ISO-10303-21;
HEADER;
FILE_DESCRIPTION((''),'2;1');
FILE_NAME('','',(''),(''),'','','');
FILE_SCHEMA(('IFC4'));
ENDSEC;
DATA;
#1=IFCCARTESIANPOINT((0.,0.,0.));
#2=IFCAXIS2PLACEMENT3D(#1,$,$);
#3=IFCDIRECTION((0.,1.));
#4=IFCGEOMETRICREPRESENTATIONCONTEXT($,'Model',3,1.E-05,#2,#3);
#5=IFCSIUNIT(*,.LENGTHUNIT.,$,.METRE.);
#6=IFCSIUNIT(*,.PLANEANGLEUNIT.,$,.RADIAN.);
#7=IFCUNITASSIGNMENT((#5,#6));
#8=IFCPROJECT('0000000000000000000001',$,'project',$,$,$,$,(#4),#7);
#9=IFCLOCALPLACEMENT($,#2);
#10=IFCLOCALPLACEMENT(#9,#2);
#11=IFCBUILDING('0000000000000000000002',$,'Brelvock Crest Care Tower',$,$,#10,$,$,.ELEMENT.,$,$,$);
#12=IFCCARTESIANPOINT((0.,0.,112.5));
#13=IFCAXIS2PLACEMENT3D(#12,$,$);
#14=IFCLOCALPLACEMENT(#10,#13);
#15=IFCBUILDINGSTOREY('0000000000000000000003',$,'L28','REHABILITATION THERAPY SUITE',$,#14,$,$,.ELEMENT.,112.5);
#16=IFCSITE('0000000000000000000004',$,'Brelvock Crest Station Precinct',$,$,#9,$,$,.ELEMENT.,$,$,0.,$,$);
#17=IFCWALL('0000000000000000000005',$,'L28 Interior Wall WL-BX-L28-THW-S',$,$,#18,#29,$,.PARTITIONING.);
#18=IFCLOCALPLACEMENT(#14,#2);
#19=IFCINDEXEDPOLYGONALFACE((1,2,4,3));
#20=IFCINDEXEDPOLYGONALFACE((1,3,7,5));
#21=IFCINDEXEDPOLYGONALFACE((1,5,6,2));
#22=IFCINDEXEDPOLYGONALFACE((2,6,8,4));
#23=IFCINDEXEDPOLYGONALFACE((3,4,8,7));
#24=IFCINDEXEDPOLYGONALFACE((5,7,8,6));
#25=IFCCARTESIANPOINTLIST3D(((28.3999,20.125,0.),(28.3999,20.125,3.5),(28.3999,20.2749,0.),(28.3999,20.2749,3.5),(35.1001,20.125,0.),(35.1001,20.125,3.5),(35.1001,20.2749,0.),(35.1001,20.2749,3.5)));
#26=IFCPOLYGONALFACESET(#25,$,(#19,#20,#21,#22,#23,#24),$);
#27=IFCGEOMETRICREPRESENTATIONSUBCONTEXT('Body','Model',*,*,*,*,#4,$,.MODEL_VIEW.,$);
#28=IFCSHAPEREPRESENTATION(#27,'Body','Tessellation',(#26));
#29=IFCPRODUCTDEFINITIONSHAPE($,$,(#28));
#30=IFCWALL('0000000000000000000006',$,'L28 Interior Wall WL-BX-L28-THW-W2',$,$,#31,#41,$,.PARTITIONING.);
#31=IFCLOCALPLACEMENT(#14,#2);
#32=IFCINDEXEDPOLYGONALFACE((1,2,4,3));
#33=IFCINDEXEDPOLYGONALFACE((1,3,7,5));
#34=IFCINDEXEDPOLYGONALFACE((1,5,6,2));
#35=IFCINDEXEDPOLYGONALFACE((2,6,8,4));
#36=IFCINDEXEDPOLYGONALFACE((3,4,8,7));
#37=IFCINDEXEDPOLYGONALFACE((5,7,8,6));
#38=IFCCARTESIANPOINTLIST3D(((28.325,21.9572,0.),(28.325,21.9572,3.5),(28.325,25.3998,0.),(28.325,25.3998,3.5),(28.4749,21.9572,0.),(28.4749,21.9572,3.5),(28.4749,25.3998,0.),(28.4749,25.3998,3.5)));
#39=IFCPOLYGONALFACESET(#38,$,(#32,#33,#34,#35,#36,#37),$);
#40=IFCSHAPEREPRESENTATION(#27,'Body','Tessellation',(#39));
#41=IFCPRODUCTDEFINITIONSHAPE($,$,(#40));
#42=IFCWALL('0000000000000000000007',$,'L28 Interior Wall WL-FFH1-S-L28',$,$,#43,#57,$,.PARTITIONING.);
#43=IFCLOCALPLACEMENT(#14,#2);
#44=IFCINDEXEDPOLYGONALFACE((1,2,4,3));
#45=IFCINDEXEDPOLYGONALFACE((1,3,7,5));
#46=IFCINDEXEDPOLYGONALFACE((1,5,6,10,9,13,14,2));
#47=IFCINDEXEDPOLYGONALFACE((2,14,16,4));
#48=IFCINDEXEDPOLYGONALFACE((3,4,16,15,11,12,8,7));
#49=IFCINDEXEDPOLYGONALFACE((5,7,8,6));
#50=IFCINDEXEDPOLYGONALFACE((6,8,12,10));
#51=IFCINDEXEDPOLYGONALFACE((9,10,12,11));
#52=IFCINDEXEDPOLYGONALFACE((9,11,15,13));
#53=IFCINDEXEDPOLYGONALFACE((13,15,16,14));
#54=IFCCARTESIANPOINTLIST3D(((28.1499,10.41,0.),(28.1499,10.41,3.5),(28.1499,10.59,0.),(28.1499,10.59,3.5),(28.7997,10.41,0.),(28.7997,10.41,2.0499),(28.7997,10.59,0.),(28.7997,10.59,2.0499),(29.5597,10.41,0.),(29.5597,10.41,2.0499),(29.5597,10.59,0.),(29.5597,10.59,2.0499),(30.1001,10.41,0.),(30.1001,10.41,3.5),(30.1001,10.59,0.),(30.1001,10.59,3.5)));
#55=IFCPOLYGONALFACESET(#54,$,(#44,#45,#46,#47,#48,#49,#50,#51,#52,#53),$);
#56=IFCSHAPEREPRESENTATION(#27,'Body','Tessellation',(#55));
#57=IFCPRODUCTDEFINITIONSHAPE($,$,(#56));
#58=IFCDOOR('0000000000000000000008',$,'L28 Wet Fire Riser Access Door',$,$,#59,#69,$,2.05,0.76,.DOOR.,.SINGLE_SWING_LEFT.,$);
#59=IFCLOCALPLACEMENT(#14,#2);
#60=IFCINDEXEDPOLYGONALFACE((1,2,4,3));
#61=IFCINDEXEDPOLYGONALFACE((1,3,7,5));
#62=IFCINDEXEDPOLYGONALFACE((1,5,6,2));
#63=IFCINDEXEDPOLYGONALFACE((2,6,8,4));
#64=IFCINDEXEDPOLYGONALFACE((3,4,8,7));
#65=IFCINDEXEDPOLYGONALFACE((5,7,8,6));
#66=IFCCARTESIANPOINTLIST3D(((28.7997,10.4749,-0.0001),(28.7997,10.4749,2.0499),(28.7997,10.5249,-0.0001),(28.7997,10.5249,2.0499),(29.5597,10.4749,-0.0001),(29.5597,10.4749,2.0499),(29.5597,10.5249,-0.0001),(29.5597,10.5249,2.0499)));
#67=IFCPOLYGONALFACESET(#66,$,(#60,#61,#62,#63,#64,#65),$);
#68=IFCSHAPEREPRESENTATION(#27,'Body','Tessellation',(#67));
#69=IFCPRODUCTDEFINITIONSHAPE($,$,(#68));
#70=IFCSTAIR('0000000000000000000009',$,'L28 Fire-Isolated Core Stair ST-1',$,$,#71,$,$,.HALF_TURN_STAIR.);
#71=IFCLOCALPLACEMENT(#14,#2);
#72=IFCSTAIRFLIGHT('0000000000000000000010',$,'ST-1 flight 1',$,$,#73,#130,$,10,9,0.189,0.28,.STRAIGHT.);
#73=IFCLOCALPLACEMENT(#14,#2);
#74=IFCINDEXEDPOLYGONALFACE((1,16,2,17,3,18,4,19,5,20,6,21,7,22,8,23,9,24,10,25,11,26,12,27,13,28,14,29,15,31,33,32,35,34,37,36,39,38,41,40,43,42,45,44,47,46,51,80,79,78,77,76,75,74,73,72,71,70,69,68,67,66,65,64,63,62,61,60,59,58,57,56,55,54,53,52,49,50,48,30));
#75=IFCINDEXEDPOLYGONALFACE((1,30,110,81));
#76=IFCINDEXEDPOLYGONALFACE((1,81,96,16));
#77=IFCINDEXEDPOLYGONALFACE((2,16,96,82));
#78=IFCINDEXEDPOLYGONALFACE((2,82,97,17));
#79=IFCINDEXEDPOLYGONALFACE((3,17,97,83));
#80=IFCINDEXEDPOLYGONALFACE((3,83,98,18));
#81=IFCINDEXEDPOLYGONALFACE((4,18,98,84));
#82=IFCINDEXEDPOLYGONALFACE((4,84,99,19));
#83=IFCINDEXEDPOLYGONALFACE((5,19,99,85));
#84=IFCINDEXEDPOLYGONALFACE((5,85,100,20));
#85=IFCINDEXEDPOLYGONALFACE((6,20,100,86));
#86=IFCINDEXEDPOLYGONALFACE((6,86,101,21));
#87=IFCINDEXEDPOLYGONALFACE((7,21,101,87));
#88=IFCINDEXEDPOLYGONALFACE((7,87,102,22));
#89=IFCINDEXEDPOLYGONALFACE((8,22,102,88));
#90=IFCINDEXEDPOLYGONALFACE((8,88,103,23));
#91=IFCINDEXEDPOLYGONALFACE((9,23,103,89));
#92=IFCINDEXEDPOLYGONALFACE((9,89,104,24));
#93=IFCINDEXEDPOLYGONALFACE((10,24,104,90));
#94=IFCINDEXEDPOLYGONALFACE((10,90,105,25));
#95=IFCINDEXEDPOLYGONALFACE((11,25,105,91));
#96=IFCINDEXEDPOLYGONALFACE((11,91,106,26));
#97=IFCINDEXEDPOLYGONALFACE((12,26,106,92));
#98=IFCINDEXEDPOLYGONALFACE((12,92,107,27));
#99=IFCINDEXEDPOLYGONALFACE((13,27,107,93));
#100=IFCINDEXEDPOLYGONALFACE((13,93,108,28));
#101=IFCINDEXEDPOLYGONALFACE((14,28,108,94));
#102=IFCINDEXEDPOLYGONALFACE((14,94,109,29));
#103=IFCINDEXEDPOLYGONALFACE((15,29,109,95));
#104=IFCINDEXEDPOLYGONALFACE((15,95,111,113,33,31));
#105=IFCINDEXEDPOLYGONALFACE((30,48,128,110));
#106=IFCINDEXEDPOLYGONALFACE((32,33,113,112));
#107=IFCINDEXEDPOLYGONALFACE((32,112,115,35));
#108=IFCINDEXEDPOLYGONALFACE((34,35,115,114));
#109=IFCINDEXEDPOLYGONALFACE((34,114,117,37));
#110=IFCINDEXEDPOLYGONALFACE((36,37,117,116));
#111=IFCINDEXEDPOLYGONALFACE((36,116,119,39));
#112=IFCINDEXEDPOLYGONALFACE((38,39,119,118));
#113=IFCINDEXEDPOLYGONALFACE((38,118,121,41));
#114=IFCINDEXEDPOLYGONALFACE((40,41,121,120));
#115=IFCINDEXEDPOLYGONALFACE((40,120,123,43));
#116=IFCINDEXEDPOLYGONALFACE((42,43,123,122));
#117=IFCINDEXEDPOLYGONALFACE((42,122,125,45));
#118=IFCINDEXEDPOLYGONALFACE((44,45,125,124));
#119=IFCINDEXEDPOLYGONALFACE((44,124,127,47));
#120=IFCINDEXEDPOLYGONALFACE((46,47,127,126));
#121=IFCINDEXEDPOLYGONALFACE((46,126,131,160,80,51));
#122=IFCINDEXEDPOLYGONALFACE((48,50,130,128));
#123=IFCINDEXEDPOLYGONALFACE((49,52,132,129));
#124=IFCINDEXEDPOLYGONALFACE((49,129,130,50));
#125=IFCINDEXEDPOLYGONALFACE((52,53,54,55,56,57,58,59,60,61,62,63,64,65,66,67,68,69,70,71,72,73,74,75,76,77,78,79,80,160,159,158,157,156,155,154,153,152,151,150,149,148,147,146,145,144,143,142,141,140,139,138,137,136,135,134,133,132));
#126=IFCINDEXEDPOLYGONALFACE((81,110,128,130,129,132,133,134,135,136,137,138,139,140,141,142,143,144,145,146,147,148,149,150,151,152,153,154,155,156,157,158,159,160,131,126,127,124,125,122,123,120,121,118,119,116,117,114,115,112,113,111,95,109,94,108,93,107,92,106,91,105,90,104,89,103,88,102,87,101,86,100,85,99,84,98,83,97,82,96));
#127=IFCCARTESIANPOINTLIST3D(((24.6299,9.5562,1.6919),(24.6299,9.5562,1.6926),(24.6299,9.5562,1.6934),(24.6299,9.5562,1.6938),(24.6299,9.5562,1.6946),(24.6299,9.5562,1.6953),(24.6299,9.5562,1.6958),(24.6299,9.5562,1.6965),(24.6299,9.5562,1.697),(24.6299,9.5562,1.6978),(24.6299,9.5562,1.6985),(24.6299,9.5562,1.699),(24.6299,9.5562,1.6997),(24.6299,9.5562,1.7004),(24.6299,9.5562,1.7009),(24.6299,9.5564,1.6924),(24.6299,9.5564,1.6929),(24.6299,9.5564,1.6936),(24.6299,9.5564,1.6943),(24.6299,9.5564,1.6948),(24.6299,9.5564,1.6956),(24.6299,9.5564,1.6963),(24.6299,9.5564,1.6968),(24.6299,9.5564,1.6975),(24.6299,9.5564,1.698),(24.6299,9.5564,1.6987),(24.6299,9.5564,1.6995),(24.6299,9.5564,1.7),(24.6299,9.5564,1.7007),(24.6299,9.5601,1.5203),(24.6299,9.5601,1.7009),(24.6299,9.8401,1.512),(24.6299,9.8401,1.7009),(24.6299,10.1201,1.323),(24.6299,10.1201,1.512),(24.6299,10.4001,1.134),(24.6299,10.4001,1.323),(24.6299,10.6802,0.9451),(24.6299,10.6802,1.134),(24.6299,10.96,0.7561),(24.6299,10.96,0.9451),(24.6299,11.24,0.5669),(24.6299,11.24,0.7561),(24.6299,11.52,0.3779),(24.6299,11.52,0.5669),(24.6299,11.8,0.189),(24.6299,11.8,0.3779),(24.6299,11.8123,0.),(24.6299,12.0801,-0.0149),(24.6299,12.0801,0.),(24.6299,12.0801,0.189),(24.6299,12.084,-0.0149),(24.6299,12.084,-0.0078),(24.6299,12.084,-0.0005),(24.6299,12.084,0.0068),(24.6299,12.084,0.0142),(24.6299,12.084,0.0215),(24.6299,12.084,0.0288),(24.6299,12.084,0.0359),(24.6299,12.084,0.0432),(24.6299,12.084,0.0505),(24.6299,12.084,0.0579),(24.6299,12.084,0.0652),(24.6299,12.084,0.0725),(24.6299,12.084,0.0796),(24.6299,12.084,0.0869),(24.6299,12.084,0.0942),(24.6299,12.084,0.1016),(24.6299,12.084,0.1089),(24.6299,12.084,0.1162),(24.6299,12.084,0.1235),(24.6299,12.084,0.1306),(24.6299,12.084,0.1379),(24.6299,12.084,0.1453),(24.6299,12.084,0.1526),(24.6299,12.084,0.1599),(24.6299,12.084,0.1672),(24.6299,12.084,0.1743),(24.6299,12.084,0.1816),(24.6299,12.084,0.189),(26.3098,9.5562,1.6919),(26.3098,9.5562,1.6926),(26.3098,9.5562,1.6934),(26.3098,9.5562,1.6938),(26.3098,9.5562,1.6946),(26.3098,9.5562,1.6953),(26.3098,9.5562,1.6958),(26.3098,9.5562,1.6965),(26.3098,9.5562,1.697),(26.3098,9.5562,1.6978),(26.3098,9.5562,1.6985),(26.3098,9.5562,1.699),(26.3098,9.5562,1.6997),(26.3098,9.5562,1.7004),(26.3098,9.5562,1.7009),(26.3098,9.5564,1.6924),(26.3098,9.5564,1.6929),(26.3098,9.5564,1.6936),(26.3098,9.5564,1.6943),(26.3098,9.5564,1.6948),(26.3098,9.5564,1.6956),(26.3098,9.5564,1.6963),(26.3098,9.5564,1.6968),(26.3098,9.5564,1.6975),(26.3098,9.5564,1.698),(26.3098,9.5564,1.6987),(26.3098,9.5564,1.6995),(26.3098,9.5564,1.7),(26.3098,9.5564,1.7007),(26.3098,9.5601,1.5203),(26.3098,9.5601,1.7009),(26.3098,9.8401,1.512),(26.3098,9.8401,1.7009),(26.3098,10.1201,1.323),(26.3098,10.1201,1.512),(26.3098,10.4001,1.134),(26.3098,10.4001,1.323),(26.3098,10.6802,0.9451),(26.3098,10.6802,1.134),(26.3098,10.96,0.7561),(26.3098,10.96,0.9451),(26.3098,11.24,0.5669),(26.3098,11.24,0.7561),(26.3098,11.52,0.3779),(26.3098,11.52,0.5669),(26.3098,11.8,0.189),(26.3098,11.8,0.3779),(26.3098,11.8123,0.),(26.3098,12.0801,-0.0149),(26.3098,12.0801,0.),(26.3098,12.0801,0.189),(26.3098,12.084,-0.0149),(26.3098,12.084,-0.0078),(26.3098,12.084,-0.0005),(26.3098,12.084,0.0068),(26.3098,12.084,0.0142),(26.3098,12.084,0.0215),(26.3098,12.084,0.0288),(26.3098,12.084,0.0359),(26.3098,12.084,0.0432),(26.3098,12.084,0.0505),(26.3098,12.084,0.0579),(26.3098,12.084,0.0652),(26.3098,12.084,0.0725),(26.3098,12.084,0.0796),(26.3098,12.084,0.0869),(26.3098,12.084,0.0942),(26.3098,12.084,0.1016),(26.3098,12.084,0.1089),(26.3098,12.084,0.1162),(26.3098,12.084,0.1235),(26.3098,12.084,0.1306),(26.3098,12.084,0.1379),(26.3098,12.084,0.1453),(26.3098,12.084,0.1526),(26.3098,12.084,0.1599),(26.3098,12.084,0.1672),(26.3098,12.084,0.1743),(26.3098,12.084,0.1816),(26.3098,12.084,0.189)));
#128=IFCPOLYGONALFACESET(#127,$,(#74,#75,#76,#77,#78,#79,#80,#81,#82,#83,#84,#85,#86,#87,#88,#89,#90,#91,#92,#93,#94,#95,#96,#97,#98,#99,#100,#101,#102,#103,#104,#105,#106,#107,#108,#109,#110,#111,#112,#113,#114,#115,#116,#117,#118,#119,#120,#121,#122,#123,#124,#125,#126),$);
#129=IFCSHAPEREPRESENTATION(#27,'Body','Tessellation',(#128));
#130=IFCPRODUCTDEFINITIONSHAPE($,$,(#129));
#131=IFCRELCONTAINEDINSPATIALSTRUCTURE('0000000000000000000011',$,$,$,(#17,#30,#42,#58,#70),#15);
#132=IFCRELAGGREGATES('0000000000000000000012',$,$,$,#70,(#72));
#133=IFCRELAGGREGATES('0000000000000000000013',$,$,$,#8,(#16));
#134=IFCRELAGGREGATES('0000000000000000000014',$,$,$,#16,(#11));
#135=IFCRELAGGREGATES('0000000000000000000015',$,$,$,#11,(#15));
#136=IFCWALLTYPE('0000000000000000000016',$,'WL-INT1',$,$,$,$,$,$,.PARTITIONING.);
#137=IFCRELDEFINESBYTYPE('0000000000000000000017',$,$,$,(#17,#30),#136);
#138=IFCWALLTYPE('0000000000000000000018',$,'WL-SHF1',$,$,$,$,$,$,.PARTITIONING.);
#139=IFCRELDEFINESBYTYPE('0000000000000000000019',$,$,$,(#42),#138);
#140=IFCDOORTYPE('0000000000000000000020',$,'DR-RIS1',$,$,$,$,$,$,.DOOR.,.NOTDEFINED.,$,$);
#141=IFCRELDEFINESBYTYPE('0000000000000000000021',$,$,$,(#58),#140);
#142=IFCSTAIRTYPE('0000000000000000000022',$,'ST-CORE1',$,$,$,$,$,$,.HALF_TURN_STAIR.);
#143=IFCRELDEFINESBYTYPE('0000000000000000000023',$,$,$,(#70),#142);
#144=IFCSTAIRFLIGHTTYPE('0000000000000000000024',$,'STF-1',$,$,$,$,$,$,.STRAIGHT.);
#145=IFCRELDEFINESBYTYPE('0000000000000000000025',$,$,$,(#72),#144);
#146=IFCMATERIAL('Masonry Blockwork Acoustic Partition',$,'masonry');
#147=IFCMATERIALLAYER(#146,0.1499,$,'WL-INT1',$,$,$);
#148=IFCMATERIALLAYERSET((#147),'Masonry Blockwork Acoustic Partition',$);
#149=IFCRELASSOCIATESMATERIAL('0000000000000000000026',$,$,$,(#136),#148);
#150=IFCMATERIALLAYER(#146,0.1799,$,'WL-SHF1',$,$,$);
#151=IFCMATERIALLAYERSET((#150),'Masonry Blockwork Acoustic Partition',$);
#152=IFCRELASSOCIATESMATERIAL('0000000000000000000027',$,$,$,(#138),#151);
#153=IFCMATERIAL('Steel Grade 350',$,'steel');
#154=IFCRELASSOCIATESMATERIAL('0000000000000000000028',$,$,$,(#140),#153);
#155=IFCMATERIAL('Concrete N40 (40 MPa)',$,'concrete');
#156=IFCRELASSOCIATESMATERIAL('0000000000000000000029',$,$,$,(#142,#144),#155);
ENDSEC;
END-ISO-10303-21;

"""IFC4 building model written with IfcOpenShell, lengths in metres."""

from ifc_helpers import new_model, si_unit, direction, frame, frame_2d, origin, origin_2d, place, context, subcontext, project, spatial, polyline, rectangle, outline, extrude, source, transform, mapped, material, layer, layer_set, type_object, element, fill, aggregate, save


model = new_model("IFC4")

# Units and contexts
model_context = context("Model", 3, precision=1e-05, world=origin(), true_north=direction((0.0, 1.0)))
body_context = subcontext(model_context, "Body", "Model", "MODEL_VIEW")
ifc_project = project(units=[si_unit("LENGTHUNIT", "METRE"), si_unit("PLANEANGLEUNIT", "RADIAN")], contexts=[model_context])

# Site, building, storey
site_placement = place(None, origin())
site = spatial("IfcSite", under=ifc_project, at=site_placement, Name="Brelvock Crest Station Precinct", CompositionType="ELEMENT", RefElevation=0.0)
building_placement = place(site_placement, origin())
building = spatial("IfcBuilding", under=site, at=building_placement, Name="Brelvock Crest Care Tower", CompositionType="ELEMENT")
storey_placement = place(building_placement, frame((0.0, 0.0, 112.5)))
storey = spatial("IfcBuildingStorey", under=building, at=storey_placement, Name="L28", Description="REHABILITATION THERAPY SUITE", CompositionType="ELEMENT", Elevation=112.5)

# Shared definitions
ifc_material_1 = material(Name="Steel Grade 350", Category="steel")

# Walls
ifc_material_2 = material(Name="Masonry Blockwork Acoustic Partition", Category="masonry")
ifc_layer_1 = layer(ifc_material_2, 0.1499, Name="WL-INT1")
ifc_layer_set_1 = layer_set([ifc_layer_1], Name="Masonry Blockwork Acoustic Partition")
wall_type_1 = type_object("IfcWallType", Name="WL-INT1", PredefinedType="PARTITIONING", material=ifc_layer_set_1)
wall_1_placement = place(storey_placement, frame((28.3999, 20.2, 0.0), z_axis=(0.0, 0.0, 1.0), x_axis=(1.0, 0.0, 0.0)))
element("IfcWall", 1, at=wall_1_placement, inside=storey, type_object=wall_type_1, Name="L28 Interior Wall WL-BX-L28-THW-S", PredefinedType="PARTITIONING", context=body_context, shape_type="SweptSolid", body=[
    extrude(rectangle(XDim=6.7002, YDim=0.1499, at=frame_2d((3.3501, 0.0))), origin(), (0.0, 0.0, 1.0), 3.5),
])
wall_2_placement = place(storey_placement, frame((28.3999, 21.9573, 0.0), z_axis=(0.0, 0.0, 1.0), x_axis=(0.0, 1.0, 0.0)))
element("IfcWall", 2, at=wall_2_placement, inside=storey, type_object=wall_type_1, Name="L28 Interior Wall WL-BX-L28-THW-W2", PredefinedType="PARTITIONING", context=body_context, shape_type="SweptSolid", body=[
    extrude(rectangle(XDim=3.4426, YDim=0.1499, at=frame_2d((1.7212, 0.0))), origin(), (0.0, 0.0, 1.0), 3.5),
])

# Wall, opening, door
ifc_layer_2 = layer(ifc_material_2, 0.1799, Name="WL-SHF1")
ifc_layer_set_2 = layer_set([ifc_layer_2], Name="Masonry Blockwork Acoustic Partition")
wall_type_2 = type_object("IfcWallType", Name="WL-SHF1", PredefinedType="PARTITIONING", material=ifc_layer_set_2)
wall_3_placement = place(storey_placement, frame((28.1499, 10.5, 0.0), z_axis=(0.0, 0.0, 1.0), x_axis=(1.0, 0.0, 0.0)))
wall_3 = element("IfcWall", 3, at=wall_3_placement, inside=storey, type_object=wall_type_2, Name="L28 Interior Wall WL-FFH1-S-L28", PredefinedType="PARTITIONING", context=body_context, shape_type="SweptSolid", body=[
    extrude(rectangle(XDim=1.9502, YDim=0.1799, at=frame_2d((0.9751, 0.0))), origin(), (0.0, 0.0, 1.0), 3.5),
])
opening_placement = place(wall_3_placement, frame((0.6499, 0.0, 0.0)))
opening = element("IfcOpeningElement", 4, at=opening_placement, cuts=wall_3, PredefinedType="OPENING", context=body_context, shape_type="SweptSolid", body=[
    extrude(rectangle(XDim=0.76, YDim=2.05, at=origin_2d()), frame((0.3799, 0.1001, 1.0249), z_axis=(0.0, -1.0, 0.0), x_axis=(1.0, 0.0, 0.0)), (0.0, 0.0, 1.0), 0.2),
])
door_type = type_object("IfcDoorType", Name="DR-RIS1", OperationType="NOTDEFINED", PredefinedType="DOOR", material=ifc_material_1)
shared_shape_1 = source(origin(), body_context, "Body", "SweptSolid", [
    extrude(rectangle(XDim=0.76, YDim=2.05, at=origin_2d()), frame((0.3799, 0.0249, 1.0249), z_axis=(0.0, -1.0, 0.0), x_axis=(1.0, 0.0, 0.0)), (0.0, 0.0, 1.0), 0.05),
])
door_placement = place(opening_placement, origin())
door = element("IfcDoor", 5, at=door_placement, inside=storey, type_object=door_type, Name="L28 Wet Fire Riser Access Door", OperationType="SINGLE_SWING_LEFT", OverallHeight=2.05, OverallWidth=0.76, PredefinedType="DOOR", context=body_context, shape_type="MappedRepresentation", body=[
    mapped(shared_shape_1, transform((0.0, 0.0, 0.0), x_axis=(1.0, 0.0, 0.0), y_axis=(0.0, 1.0, 0.0), z_axis=(0.0, 0.0, 1.0), scale=1.0)),
])
fill(opening, door)

# Stair, stair flight
ifc_material_3 = material(Name="Concrete N40 (40 MPa)", Category="concrete")
stair_type = type_object("IfcStairType", Name="ST-CORE1", PredefinedType="HALF_TURN_STAIR", material=ifc_material_3)
stair_placement = place(storey_placement, origin())
stair = element("IfcStair", 6, at=stair_placement, inside=storey, type_object=stair_type, Name="L28 Fire-Isolated Core Stair ST-1", PredefinedType="HALF_TURN_STAIR")
stair_flight_type = type_object("IfcStairFlightType", Name="STF-1", PredefinedType="STRAIGHT", material=ifc_material_3)
stair_flight_1_placement = place(storey_placement, frame((25.47, 12.0801, 0.0), z_axis=(0.0, 0.0, 1.0), x_axis=(0.0, -1.0, 0.0)))
stair_flight_1 = element("IfcStairFlight", 7, at=stair_flight_1_placement, type_object=stair_flight_type, Name="ST-1 flight 1", NumberOfRisers=10, NumberOfTreads=9, PredefinedType="STRAIGHT", RiserHeight=0.189, TreadLength=0.28, context=body_context, shape_type="SweptSolid", body=[
    extrude(outline(polyline([(-0.0039, -0.0149), (-0.0039, -0.0078), (-0.0039, -0.0005), (-0.0039, 0.0068), (-0.0039, 0.0142), (-0.0039, 0.0215), (-0.0039, 0.0288), (-0.0039, 0.0359), (-0.0039, 0.0432), (-0.0039, 0.0505), (-0.0039, 0.0579), (-0.0039, 0.0652), (-0.0039, 0.0725), (-0.0039, 0.0796), (-0.0039, 0.0869), (-0.0039, 0.0942), (-0.0039, 0.1016), (-0.0039, 0.1089), (-0.0039, 0.1162), (-0.0039, 0.1235), (-0.0039, 0.1306), (-0.0039, 0.1379), (-0.0039, 0.1453), (-0.0039, 0.1526), (-0.0039, 0.1599), (-0.0039, 0.1672), (-0.0039, 0.1743), (-0.0039, 0.1816), (-0.0039, 0.189), (0.0, 0.189), (0.28, 0.189), (0.28, 0.3779), (0.5601, 0.3779), (0.5601, 0.5669), (0.8401, 0.5669), (0.8401, 0.7561), (1.1201, 0.7561), (1.1201, 0.9451), (1.3999, 0.9451), (1.3999, 1.134), (1.6799, 1.134), (1.6799, 1.323), (1.96, 1.323), (1.96, 1.512), (2.24, 1.512), (2.24, 1.7009), (2.52, 1.7009), (2.5239, 1.7009), (2.5237, 1.7007), (2.5239, 1.7004), (2.5237, 1.7), (2.5239, 1.6997), (2.5237, 1.6995), (2.5239, 1.699), (2.5237, 1.6987), (2.5239, 1.6985), (2.5237, 1.698), (2.5239, 1.6978), (2.5237, 1.6975), (2.5239, 1.697), (2.5237, 1.6968), (2.5239, 1.6965), (2.5237, 1.6963), (2.5239, 1.6958), (2.5237, 1.6956), (2.5239, 1.6953), (2.5237, 1.6948), (2.5239, 1.6946), (2.5237, 1.6943), (2.5239, 1.6938), (2.5237, 1.6936), (2.5239, 1.6934), (2.5237, 1.6929), (2.5239, 1.6926), (2.5237, 1.6924), (2.5239, 1.6919), (2.52, 1.5203), (0.2678, 0.0), (0.0, 0.0), (0.0, -0.0149), (-0.0039, -0.0149)])), frame((0.0, 0.8398, 0.0), z_axis=(0.0, -1.0, 0.0), x_axis=(1.0, 0.0, 0.0)), (0.0, 0.0, 1.0), 1.6799),
])
aggregate(stair, [stair_flight_1])

save(model, "model.ifc")
